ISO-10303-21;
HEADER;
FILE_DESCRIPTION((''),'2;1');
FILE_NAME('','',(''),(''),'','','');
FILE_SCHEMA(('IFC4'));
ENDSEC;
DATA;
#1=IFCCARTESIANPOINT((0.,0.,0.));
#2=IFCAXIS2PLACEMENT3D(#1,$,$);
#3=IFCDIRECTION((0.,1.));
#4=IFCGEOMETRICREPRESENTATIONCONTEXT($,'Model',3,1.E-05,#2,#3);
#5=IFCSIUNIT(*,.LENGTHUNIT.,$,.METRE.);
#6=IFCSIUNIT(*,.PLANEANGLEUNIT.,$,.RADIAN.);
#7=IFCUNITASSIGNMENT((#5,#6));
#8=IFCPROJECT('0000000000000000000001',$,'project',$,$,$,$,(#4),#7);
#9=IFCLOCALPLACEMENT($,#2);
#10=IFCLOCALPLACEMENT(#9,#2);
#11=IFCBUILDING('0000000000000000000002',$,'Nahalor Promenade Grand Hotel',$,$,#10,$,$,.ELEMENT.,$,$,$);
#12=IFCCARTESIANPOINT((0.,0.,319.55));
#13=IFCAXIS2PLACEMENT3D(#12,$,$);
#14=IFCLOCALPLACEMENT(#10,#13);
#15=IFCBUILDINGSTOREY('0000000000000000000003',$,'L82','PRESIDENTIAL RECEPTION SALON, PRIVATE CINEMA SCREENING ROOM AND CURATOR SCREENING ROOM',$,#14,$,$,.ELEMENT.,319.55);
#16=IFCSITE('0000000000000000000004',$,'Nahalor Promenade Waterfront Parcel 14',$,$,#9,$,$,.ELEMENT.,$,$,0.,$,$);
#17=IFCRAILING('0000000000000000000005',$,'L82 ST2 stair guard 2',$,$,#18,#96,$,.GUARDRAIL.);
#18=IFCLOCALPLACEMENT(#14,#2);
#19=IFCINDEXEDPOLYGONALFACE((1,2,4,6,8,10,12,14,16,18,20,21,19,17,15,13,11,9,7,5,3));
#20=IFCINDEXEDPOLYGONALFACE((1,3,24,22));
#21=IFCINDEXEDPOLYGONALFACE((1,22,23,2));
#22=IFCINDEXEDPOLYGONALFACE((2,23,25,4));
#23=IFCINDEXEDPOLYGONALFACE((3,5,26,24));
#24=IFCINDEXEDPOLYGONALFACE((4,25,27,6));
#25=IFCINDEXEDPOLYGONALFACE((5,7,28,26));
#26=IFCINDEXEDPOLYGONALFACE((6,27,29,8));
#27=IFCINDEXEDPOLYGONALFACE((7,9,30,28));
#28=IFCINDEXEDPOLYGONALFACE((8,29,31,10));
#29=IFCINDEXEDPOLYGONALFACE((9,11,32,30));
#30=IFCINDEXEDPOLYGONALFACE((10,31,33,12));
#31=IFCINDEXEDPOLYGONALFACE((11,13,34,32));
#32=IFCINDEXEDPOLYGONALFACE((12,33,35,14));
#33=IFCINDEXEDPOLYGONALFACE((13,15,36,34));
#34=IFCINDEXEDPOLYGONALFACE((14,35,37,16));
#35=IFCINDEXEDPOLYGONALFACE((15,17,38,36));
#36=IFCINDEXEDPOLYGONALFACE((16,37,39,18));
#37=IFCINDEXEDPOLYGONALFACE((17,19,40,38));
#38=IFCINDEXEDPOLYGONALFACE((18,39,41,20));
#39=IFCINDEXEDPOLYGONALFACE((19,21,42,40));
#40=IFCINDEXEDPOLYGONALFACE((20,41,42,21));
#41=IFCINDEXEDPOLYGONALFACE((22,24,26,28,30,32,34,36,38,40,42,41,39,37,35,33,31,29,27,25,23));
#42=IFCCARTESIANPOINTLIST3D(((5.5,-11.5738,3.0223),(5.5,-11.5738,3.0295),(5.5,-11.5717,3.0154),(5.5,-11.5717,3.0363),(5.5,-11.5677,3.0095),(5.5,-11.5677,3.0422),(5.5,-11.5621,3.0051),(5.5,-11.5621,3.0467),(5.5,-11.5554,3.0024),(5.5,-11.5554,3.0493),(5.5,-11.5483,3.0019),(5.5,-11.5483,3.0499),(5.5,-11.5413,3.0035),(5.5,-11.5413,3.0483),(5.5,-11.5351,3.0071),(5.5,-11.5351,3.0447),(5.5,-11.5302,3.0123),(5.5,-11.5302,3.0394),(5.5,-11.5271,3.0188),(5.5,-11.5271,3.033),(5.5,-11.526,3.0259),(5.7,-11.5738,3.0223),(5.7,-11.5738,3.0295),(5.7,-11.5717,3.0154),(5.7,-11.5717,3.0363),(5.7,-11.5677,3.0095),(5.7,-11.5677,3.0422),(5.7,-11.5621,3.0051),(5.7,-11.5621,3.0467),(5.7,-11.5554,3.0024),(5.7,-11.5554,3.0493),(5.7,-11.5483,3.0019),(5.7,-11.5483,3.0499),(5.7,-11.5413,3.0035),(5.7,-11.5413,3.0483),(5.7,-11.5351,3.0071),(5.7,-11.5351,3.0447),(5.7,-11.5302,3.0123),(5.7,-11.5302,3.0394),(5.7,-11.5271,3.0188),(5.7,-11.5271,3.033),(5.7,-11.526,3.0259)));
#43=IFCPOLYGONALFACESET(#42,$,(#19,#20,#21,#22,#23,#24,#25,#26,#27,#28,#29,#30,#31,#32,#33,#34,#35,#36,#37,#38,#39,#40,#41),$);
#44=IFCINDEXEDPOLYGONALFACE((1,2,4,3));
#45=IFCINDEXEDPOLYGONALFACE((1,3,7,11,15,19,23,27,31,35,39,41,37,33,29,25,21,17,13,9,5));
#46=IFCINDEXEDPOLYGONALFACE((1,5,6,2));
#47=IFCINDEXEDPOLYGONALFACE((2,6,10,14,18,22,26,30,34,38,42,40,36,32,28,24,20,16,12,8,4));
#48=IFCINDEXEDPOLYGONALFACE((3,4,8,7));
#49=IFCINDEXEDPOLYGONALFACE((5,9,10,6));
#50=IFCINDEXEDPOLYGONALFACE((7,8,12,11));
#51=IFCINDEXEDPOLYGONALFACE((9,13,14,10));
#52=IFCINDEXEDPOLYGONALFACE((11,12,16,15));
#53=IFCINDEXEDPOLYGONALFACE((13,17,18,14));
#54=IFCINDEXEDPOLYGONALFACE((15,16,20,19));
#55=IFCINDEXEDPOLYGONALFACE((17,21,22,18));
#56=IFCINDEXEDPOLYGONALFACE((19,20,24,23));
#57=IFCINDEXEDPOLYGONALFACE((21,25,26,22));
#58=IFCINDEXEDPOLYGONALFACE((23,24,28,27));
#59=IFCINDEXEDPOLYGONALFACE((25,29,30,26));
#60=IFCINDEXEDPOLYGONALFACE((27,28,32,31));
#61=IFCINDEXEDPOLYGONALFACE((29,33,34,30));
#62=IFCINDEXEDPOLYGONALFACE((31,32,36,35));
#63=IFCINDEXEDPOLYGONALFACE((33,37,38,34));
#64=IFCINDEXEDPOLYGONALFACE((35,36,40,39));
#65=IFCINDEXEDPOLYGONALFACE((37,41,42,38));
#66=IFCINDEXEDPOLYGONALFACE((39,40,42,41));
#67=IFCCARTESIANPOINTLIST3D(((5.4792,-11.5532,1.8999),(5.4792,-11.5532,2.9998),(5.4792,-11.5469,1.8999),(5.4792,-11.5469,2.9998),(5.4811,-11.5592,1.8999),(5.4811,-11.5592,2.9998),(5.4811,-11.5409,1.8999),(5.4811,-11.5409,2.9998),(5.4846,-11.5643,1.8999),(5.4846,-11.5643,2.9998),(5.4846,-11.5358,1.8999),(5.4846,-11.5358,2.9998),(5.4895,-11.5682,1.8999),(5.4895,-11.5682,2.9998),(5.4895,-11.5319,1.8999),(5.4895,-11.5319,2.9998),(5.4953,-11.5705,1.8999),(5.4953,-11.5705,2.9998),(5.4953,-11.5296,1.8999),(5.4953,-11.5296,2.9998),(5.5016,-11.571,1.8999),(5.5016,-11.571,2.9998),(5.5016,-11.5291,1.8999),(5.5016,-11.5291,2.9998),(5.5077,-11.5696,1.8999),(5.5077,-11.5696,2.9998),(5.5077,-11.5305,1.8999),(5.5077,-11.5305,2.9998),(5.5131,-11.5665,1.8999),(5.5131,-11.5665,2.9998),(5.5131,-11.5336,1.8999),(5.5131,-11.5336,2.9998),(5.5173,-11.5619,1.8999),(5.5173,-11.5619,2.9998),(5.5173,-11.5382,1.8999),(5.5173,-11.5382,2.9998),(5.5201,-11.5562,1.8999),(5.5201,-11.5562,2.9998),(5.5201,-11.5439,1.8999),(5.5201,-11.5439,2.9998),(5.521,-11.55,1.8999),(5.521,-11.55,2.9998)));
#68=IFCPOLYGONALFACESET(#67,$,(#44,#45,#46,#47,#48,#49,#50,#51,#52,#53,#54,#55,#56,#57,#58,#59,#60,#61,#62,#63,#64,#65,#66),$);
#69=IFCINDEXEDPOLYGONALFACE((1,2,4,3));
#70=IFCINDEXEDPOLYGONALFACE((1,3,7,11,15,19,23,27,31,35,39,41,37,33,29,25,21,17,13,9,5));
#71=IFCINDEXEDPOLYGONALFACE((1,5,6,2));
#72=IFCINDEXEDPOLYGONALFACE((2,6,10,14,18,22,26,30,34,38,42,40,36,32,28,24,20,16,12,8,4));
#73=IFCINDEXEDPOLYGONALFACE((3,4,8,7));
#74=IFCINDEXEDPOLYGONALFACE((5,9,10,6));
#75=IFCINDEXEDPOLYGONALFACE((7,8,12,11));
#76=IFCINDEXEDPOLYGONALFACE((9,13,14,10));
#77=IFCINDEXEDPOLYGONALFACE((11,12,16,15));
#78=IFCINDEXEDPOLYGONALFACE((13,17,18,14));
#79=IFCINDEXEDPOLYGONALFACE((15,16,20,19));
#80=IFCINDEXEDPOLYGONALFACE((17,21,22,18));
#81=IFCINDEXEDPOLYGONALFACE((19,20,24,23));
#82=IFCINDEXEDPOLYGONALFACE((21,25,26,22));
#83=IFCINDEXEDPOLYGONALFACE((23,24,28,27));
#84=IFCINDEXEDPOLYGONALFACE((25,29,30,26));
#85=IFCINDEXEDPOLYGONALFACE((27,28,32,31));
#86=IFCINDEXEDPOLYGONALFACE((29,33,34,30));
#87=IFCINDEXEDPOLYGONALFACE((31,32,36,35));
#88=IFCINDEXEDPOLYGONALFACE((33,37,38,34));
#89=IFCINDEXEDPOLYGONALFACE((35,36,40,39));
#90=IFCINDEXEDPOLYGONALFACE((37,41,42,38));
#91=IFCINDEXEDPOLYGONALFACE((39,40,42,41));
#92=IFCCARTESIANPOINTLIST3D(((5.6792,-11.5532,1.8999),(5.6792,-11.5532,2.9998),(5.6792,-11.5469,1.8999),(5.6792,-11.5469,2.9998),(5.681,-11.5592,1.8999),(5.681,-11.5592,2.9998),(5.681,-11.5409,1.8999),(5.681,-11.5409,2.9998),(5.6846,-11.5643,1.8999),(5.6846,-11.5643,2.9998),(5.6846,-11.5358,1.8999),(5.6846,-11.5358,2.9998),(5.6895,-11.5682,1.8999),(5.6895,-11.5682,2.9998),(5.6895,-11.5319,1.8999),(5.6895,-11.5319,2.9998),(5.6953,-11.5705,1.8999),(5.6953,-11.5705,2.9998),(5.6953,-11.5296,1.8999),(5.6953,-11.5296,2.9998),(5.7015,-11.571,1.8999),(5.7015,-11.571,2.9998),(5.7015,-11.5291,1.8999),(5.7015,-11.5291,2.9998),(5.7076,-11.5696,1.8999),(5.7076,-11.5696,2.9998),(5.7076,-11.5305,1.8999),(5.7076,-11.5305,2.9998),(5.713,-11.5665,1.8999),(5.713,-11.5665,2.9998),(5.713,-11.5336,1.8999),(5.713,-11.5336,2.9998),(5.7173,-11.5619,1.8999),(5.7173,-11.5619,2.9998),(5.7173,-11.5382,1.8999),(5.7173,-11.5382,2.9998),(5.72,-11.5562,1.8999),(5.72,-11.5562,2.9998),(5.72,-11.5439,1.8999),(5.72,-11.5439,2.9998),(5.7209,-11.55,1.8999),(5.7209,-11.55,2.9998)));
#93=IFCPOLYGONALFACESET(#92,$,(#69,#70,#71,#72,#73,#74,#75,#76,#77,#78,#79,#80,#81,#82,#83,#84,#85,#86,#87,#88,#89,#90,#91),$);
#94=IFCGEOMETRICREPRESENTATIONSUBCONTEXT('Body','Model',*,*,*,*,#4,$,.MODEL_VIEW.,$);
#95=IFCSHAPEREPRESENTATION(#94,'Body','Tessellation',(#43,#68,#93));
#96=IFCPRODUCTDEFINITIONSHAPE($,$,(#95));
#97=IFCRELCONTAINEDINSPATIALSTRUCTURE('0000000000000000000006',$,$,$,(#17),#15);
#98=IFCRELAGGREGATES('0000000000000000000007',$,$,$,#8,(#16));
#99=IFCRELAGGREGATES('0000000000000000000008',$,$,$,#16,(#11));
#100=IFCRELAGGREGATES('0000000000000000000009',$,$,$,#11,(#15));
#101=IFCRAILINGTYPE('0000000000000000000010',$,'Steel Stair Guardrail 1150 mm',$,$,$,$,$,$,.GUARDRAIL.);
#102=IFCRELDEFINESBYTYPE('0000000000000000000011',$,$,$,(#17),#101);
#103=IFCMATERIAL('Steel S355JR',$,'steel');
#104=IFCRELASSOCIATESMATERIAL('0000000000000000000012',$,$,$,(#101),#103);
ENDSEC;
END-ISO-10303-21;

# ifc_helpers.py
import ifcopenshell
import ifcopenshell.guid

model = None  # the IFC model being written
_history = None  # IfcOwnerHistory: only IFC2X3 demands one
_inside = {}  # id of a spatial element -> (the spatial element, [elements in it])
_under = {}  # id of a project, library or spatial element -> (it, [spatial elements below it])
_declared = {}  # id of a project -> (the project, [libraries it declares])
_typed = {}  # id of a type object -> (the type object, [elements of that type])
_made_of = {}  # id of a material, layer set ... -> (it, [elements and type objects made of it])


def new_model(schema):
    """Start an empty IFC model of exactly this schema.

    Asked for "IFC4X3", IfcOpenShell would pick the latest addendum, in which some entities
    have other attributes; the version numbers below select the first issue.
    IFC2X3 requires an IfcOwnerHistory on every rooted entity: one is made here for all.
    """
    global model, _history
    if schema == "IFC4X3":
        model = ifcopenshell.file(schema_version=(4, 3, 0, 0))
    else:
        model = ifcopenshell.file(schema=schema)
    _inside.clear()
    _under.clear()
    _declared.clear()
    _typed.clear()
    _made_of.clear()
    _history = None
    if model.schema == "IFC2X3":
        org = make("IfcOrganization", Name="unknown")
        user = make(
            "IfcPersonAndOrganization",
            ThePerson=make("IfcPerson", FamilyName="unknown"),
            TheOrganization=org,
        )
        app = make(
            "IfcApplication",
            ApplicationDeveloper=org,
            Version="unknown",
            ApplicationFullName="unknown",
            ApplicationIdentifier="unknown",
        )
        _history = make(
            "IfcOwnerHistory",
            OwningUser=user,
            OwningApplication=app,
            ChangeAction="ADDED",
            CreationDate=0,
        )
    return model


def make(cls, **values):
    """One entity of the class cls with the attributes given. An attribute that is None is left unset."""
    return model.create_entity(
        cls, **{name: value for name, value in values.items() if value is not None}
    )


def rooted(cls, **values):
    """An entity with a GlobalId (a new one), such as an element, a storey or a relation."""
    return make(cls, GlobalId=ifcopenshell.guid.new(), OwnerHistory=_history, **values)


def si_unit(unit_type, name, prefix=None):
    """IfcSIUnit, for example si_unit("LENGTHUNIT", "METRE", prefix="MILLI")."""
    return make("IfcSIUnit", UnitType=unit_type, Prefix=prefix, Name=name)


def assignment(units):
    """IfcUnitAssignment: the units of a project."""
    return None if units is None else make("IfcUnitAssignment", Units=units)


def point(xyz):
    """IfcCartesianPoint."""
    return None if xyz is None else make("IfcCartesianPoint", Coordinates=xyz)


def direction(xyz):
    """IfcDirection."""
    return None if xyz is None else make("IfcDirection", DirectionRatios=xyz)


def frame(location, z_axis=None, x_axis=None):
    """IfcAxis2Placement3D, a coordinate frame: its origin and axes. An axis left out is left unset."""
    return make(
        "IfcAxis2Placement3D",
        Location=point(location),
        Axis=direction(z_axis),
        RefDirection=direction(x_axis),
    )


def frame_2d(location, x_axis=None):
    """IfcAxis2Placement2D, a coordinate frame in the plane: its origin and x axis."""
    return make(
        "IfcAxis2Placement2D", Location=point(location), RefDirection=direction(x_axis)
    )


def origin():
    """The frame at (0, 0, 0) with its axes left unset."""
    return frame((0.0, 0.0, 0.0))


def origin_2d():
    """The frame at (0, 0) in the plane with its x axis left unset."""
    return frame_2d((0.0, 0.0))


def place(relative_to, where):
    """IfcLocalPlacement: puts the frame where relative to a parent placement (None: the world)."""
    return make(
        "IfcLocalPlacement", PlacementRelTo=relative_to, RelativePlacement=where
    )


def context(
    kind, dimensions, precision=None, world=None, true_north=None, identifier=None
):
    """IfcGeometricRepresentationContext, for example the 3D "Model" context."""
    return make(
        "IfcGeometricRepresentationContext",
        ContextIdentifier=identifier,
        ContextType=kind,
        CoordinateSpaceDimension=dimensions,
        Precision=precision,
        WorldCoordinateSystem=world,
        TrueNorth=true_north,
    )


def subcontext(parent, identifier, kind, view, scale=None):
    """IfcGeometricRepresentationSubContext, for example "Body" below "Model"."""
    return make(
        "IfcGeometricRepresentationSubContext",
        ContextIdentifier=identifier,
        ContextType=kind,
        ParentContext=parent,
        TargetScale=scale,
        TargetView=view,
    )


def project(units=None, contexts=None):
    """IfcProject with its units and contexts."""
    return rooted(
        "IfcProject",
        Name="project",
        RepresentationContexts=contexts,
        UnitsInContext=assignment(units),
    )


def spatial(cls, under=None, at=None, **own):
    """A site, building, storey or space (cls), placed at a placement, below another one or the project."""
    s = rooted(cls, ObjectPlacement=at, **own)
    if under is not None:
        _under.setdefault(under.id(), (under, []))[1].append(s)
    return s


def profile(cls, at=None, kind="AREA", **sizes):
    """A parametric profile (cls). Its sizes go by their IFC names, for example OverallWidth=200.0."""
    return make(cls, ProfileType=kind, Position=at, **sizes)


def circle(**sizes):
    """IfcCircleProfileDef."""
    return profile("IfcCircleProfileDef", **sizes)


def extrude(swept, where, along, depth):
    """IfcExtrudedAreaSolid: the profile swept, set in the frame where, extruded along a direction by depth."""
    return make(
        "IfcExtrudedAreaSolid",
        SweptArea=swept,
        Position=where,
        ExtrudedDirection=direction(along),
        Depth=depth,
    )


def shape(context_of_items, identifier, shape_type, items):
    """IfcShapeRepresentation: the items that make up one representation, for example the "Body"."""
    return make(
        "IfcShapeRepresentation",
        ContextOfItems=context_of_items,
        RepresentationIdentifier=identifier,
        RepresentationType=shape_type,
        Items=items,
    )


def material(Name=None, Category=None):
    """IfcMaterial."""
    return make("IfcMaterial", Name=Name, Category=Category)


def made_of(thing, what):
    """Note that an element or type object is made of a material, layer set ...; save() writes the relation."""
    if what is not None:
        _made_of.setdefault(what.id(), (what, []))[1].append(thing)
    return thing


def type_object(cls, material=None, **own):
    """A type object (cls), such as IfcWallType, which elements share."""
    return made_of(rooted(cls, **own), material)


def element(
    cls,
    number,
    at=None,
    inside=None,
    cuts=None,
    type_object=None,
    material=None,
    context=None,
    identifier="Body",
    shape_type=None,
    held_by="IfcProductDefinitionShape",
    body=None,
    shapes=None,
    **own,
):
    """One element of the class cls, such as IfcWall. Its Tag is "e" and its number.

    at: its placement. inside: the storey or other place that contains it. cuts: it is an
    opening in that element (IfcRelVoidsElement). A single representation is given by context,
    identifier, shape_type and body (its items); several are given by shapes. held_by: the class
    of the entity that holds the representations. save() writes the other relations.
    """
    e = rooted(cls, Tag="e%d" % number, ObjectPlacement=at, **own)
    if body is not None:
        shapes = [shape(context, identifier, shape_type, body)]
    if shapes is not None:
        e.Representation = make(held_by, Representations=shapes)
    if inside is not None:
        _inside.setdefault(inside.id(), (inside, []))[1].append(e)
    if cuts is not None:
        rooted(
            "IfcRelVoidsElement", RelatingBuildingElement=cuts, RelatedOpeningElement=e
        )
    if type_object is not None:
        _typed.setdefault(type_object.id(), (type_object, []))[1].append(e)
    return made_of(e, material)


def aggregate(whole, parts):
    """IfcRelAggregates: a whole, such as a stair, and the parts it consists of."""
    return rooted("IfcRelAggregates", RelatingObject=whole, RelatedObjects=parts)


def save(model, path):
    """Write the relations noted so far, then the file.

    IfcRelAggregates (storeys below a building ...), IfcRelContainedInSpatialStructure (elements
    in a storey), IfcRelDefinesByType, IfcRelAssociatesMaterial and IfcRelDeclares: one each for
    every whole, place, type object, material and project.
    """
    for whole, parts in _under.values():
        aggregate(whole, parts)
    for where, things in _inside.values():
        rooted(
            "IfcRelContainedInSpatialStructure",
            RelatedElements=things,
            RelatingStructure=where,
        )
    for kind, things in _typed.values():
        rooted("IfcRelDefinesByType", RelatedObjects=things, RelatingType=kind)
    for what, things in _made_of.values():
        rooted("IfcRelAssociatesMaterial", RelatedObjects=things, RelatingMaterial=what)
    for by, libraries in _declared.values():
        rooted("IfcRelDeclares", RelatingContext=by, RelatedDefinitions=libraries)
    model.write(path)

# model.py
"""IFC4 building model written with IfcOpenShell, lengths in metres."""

from ifc_helpers import new_model, si_unit, direction, frame, origin, origin_2d, place, context, subcontext, project, spatial, circle, extrude, material, type_object, element, save


model = new_model("IFC4")

# Units and contexts
model_context = context("Model", 3, precision=1e-05, world=origin(), true_north=direction((0.0, 1.0)))
body_context = subcontext(model_context, "Body", "Model", "MODEL_VIEW")
ifc_project = project(units=[si_unit("LENGTHUNIT", "METRE"), si_unit("PLANEANGLEUNIT", "RADIAN")], contexts=[model_context])

# Site, building, storey
site_placement = place(None, origin())
site = spatial("IfcSite", under=ifc_project, at=site_placement, Name="Nahalor Promenade Waterfront Parcel 14", CompositionType="ELEMENT", RefElevation=0.0)
building_placement = place(site_placement, origin())
building = spatial("IfcBuilding", under=site, at=building_placement, Name="Nahalor Promenade Grand Hotel", CompositionType="ELEMENT")
storey_placement = place(building_placement, frame((0.0, 0.0, 319.55)))
storey = spatial("IfcBuildingStorey", under=building, at=storey_placement, Name="L82", Description="PRESIDENTIAL RECEPTION SALON, PRIVATE CINEMA SCREENING ROOM AND CURATOR SCREENING ROOM", CompositionType="ELEMENT", Elevation=319.55)

# Shared definitions
ifc_material_1 = material(Name="Steel S355JR", Category="steel")

# Railing
railing_type_1 = type_object("IfcRailingType", Name="Steel Stair Guardrail 1150 mm", PredefinedType="GUARDRAIL", material=ifc_material_1)
railing_1_placement = place(storey_placement, frame((5.5, -11.55, 1.8999)))
element("IfcRailing", 1, at=railing_1_placement, inside=storey, type_object=railing_type_1, Name="L82 ST2 stair guard 2", PredefinedType="GUARDRAIL", context=body_context, shape_type="SweptSolid", body=[
    extrude(circle(Radius=0.024, at=origin_2d()), frame((0.0, 0.0, 1.126), z_axis=(1.0, 0.0, 0.0), x_axis=(0.0, 1.0, 0.0)), (0.0, 0.0, 1.0), 0.2),
    extrude(circle(Radius=0.021, at=origin_2d()), origin(), (0.0, 0.0, 1.0), 1.0999),
    extrude(circle(Radius=0.021, at=origin_2d()), frame((0.2, 0.0, 0.0)), (0.0, 0.0, 1.0), 1.0999),
])

save(model, "model.ifc")
